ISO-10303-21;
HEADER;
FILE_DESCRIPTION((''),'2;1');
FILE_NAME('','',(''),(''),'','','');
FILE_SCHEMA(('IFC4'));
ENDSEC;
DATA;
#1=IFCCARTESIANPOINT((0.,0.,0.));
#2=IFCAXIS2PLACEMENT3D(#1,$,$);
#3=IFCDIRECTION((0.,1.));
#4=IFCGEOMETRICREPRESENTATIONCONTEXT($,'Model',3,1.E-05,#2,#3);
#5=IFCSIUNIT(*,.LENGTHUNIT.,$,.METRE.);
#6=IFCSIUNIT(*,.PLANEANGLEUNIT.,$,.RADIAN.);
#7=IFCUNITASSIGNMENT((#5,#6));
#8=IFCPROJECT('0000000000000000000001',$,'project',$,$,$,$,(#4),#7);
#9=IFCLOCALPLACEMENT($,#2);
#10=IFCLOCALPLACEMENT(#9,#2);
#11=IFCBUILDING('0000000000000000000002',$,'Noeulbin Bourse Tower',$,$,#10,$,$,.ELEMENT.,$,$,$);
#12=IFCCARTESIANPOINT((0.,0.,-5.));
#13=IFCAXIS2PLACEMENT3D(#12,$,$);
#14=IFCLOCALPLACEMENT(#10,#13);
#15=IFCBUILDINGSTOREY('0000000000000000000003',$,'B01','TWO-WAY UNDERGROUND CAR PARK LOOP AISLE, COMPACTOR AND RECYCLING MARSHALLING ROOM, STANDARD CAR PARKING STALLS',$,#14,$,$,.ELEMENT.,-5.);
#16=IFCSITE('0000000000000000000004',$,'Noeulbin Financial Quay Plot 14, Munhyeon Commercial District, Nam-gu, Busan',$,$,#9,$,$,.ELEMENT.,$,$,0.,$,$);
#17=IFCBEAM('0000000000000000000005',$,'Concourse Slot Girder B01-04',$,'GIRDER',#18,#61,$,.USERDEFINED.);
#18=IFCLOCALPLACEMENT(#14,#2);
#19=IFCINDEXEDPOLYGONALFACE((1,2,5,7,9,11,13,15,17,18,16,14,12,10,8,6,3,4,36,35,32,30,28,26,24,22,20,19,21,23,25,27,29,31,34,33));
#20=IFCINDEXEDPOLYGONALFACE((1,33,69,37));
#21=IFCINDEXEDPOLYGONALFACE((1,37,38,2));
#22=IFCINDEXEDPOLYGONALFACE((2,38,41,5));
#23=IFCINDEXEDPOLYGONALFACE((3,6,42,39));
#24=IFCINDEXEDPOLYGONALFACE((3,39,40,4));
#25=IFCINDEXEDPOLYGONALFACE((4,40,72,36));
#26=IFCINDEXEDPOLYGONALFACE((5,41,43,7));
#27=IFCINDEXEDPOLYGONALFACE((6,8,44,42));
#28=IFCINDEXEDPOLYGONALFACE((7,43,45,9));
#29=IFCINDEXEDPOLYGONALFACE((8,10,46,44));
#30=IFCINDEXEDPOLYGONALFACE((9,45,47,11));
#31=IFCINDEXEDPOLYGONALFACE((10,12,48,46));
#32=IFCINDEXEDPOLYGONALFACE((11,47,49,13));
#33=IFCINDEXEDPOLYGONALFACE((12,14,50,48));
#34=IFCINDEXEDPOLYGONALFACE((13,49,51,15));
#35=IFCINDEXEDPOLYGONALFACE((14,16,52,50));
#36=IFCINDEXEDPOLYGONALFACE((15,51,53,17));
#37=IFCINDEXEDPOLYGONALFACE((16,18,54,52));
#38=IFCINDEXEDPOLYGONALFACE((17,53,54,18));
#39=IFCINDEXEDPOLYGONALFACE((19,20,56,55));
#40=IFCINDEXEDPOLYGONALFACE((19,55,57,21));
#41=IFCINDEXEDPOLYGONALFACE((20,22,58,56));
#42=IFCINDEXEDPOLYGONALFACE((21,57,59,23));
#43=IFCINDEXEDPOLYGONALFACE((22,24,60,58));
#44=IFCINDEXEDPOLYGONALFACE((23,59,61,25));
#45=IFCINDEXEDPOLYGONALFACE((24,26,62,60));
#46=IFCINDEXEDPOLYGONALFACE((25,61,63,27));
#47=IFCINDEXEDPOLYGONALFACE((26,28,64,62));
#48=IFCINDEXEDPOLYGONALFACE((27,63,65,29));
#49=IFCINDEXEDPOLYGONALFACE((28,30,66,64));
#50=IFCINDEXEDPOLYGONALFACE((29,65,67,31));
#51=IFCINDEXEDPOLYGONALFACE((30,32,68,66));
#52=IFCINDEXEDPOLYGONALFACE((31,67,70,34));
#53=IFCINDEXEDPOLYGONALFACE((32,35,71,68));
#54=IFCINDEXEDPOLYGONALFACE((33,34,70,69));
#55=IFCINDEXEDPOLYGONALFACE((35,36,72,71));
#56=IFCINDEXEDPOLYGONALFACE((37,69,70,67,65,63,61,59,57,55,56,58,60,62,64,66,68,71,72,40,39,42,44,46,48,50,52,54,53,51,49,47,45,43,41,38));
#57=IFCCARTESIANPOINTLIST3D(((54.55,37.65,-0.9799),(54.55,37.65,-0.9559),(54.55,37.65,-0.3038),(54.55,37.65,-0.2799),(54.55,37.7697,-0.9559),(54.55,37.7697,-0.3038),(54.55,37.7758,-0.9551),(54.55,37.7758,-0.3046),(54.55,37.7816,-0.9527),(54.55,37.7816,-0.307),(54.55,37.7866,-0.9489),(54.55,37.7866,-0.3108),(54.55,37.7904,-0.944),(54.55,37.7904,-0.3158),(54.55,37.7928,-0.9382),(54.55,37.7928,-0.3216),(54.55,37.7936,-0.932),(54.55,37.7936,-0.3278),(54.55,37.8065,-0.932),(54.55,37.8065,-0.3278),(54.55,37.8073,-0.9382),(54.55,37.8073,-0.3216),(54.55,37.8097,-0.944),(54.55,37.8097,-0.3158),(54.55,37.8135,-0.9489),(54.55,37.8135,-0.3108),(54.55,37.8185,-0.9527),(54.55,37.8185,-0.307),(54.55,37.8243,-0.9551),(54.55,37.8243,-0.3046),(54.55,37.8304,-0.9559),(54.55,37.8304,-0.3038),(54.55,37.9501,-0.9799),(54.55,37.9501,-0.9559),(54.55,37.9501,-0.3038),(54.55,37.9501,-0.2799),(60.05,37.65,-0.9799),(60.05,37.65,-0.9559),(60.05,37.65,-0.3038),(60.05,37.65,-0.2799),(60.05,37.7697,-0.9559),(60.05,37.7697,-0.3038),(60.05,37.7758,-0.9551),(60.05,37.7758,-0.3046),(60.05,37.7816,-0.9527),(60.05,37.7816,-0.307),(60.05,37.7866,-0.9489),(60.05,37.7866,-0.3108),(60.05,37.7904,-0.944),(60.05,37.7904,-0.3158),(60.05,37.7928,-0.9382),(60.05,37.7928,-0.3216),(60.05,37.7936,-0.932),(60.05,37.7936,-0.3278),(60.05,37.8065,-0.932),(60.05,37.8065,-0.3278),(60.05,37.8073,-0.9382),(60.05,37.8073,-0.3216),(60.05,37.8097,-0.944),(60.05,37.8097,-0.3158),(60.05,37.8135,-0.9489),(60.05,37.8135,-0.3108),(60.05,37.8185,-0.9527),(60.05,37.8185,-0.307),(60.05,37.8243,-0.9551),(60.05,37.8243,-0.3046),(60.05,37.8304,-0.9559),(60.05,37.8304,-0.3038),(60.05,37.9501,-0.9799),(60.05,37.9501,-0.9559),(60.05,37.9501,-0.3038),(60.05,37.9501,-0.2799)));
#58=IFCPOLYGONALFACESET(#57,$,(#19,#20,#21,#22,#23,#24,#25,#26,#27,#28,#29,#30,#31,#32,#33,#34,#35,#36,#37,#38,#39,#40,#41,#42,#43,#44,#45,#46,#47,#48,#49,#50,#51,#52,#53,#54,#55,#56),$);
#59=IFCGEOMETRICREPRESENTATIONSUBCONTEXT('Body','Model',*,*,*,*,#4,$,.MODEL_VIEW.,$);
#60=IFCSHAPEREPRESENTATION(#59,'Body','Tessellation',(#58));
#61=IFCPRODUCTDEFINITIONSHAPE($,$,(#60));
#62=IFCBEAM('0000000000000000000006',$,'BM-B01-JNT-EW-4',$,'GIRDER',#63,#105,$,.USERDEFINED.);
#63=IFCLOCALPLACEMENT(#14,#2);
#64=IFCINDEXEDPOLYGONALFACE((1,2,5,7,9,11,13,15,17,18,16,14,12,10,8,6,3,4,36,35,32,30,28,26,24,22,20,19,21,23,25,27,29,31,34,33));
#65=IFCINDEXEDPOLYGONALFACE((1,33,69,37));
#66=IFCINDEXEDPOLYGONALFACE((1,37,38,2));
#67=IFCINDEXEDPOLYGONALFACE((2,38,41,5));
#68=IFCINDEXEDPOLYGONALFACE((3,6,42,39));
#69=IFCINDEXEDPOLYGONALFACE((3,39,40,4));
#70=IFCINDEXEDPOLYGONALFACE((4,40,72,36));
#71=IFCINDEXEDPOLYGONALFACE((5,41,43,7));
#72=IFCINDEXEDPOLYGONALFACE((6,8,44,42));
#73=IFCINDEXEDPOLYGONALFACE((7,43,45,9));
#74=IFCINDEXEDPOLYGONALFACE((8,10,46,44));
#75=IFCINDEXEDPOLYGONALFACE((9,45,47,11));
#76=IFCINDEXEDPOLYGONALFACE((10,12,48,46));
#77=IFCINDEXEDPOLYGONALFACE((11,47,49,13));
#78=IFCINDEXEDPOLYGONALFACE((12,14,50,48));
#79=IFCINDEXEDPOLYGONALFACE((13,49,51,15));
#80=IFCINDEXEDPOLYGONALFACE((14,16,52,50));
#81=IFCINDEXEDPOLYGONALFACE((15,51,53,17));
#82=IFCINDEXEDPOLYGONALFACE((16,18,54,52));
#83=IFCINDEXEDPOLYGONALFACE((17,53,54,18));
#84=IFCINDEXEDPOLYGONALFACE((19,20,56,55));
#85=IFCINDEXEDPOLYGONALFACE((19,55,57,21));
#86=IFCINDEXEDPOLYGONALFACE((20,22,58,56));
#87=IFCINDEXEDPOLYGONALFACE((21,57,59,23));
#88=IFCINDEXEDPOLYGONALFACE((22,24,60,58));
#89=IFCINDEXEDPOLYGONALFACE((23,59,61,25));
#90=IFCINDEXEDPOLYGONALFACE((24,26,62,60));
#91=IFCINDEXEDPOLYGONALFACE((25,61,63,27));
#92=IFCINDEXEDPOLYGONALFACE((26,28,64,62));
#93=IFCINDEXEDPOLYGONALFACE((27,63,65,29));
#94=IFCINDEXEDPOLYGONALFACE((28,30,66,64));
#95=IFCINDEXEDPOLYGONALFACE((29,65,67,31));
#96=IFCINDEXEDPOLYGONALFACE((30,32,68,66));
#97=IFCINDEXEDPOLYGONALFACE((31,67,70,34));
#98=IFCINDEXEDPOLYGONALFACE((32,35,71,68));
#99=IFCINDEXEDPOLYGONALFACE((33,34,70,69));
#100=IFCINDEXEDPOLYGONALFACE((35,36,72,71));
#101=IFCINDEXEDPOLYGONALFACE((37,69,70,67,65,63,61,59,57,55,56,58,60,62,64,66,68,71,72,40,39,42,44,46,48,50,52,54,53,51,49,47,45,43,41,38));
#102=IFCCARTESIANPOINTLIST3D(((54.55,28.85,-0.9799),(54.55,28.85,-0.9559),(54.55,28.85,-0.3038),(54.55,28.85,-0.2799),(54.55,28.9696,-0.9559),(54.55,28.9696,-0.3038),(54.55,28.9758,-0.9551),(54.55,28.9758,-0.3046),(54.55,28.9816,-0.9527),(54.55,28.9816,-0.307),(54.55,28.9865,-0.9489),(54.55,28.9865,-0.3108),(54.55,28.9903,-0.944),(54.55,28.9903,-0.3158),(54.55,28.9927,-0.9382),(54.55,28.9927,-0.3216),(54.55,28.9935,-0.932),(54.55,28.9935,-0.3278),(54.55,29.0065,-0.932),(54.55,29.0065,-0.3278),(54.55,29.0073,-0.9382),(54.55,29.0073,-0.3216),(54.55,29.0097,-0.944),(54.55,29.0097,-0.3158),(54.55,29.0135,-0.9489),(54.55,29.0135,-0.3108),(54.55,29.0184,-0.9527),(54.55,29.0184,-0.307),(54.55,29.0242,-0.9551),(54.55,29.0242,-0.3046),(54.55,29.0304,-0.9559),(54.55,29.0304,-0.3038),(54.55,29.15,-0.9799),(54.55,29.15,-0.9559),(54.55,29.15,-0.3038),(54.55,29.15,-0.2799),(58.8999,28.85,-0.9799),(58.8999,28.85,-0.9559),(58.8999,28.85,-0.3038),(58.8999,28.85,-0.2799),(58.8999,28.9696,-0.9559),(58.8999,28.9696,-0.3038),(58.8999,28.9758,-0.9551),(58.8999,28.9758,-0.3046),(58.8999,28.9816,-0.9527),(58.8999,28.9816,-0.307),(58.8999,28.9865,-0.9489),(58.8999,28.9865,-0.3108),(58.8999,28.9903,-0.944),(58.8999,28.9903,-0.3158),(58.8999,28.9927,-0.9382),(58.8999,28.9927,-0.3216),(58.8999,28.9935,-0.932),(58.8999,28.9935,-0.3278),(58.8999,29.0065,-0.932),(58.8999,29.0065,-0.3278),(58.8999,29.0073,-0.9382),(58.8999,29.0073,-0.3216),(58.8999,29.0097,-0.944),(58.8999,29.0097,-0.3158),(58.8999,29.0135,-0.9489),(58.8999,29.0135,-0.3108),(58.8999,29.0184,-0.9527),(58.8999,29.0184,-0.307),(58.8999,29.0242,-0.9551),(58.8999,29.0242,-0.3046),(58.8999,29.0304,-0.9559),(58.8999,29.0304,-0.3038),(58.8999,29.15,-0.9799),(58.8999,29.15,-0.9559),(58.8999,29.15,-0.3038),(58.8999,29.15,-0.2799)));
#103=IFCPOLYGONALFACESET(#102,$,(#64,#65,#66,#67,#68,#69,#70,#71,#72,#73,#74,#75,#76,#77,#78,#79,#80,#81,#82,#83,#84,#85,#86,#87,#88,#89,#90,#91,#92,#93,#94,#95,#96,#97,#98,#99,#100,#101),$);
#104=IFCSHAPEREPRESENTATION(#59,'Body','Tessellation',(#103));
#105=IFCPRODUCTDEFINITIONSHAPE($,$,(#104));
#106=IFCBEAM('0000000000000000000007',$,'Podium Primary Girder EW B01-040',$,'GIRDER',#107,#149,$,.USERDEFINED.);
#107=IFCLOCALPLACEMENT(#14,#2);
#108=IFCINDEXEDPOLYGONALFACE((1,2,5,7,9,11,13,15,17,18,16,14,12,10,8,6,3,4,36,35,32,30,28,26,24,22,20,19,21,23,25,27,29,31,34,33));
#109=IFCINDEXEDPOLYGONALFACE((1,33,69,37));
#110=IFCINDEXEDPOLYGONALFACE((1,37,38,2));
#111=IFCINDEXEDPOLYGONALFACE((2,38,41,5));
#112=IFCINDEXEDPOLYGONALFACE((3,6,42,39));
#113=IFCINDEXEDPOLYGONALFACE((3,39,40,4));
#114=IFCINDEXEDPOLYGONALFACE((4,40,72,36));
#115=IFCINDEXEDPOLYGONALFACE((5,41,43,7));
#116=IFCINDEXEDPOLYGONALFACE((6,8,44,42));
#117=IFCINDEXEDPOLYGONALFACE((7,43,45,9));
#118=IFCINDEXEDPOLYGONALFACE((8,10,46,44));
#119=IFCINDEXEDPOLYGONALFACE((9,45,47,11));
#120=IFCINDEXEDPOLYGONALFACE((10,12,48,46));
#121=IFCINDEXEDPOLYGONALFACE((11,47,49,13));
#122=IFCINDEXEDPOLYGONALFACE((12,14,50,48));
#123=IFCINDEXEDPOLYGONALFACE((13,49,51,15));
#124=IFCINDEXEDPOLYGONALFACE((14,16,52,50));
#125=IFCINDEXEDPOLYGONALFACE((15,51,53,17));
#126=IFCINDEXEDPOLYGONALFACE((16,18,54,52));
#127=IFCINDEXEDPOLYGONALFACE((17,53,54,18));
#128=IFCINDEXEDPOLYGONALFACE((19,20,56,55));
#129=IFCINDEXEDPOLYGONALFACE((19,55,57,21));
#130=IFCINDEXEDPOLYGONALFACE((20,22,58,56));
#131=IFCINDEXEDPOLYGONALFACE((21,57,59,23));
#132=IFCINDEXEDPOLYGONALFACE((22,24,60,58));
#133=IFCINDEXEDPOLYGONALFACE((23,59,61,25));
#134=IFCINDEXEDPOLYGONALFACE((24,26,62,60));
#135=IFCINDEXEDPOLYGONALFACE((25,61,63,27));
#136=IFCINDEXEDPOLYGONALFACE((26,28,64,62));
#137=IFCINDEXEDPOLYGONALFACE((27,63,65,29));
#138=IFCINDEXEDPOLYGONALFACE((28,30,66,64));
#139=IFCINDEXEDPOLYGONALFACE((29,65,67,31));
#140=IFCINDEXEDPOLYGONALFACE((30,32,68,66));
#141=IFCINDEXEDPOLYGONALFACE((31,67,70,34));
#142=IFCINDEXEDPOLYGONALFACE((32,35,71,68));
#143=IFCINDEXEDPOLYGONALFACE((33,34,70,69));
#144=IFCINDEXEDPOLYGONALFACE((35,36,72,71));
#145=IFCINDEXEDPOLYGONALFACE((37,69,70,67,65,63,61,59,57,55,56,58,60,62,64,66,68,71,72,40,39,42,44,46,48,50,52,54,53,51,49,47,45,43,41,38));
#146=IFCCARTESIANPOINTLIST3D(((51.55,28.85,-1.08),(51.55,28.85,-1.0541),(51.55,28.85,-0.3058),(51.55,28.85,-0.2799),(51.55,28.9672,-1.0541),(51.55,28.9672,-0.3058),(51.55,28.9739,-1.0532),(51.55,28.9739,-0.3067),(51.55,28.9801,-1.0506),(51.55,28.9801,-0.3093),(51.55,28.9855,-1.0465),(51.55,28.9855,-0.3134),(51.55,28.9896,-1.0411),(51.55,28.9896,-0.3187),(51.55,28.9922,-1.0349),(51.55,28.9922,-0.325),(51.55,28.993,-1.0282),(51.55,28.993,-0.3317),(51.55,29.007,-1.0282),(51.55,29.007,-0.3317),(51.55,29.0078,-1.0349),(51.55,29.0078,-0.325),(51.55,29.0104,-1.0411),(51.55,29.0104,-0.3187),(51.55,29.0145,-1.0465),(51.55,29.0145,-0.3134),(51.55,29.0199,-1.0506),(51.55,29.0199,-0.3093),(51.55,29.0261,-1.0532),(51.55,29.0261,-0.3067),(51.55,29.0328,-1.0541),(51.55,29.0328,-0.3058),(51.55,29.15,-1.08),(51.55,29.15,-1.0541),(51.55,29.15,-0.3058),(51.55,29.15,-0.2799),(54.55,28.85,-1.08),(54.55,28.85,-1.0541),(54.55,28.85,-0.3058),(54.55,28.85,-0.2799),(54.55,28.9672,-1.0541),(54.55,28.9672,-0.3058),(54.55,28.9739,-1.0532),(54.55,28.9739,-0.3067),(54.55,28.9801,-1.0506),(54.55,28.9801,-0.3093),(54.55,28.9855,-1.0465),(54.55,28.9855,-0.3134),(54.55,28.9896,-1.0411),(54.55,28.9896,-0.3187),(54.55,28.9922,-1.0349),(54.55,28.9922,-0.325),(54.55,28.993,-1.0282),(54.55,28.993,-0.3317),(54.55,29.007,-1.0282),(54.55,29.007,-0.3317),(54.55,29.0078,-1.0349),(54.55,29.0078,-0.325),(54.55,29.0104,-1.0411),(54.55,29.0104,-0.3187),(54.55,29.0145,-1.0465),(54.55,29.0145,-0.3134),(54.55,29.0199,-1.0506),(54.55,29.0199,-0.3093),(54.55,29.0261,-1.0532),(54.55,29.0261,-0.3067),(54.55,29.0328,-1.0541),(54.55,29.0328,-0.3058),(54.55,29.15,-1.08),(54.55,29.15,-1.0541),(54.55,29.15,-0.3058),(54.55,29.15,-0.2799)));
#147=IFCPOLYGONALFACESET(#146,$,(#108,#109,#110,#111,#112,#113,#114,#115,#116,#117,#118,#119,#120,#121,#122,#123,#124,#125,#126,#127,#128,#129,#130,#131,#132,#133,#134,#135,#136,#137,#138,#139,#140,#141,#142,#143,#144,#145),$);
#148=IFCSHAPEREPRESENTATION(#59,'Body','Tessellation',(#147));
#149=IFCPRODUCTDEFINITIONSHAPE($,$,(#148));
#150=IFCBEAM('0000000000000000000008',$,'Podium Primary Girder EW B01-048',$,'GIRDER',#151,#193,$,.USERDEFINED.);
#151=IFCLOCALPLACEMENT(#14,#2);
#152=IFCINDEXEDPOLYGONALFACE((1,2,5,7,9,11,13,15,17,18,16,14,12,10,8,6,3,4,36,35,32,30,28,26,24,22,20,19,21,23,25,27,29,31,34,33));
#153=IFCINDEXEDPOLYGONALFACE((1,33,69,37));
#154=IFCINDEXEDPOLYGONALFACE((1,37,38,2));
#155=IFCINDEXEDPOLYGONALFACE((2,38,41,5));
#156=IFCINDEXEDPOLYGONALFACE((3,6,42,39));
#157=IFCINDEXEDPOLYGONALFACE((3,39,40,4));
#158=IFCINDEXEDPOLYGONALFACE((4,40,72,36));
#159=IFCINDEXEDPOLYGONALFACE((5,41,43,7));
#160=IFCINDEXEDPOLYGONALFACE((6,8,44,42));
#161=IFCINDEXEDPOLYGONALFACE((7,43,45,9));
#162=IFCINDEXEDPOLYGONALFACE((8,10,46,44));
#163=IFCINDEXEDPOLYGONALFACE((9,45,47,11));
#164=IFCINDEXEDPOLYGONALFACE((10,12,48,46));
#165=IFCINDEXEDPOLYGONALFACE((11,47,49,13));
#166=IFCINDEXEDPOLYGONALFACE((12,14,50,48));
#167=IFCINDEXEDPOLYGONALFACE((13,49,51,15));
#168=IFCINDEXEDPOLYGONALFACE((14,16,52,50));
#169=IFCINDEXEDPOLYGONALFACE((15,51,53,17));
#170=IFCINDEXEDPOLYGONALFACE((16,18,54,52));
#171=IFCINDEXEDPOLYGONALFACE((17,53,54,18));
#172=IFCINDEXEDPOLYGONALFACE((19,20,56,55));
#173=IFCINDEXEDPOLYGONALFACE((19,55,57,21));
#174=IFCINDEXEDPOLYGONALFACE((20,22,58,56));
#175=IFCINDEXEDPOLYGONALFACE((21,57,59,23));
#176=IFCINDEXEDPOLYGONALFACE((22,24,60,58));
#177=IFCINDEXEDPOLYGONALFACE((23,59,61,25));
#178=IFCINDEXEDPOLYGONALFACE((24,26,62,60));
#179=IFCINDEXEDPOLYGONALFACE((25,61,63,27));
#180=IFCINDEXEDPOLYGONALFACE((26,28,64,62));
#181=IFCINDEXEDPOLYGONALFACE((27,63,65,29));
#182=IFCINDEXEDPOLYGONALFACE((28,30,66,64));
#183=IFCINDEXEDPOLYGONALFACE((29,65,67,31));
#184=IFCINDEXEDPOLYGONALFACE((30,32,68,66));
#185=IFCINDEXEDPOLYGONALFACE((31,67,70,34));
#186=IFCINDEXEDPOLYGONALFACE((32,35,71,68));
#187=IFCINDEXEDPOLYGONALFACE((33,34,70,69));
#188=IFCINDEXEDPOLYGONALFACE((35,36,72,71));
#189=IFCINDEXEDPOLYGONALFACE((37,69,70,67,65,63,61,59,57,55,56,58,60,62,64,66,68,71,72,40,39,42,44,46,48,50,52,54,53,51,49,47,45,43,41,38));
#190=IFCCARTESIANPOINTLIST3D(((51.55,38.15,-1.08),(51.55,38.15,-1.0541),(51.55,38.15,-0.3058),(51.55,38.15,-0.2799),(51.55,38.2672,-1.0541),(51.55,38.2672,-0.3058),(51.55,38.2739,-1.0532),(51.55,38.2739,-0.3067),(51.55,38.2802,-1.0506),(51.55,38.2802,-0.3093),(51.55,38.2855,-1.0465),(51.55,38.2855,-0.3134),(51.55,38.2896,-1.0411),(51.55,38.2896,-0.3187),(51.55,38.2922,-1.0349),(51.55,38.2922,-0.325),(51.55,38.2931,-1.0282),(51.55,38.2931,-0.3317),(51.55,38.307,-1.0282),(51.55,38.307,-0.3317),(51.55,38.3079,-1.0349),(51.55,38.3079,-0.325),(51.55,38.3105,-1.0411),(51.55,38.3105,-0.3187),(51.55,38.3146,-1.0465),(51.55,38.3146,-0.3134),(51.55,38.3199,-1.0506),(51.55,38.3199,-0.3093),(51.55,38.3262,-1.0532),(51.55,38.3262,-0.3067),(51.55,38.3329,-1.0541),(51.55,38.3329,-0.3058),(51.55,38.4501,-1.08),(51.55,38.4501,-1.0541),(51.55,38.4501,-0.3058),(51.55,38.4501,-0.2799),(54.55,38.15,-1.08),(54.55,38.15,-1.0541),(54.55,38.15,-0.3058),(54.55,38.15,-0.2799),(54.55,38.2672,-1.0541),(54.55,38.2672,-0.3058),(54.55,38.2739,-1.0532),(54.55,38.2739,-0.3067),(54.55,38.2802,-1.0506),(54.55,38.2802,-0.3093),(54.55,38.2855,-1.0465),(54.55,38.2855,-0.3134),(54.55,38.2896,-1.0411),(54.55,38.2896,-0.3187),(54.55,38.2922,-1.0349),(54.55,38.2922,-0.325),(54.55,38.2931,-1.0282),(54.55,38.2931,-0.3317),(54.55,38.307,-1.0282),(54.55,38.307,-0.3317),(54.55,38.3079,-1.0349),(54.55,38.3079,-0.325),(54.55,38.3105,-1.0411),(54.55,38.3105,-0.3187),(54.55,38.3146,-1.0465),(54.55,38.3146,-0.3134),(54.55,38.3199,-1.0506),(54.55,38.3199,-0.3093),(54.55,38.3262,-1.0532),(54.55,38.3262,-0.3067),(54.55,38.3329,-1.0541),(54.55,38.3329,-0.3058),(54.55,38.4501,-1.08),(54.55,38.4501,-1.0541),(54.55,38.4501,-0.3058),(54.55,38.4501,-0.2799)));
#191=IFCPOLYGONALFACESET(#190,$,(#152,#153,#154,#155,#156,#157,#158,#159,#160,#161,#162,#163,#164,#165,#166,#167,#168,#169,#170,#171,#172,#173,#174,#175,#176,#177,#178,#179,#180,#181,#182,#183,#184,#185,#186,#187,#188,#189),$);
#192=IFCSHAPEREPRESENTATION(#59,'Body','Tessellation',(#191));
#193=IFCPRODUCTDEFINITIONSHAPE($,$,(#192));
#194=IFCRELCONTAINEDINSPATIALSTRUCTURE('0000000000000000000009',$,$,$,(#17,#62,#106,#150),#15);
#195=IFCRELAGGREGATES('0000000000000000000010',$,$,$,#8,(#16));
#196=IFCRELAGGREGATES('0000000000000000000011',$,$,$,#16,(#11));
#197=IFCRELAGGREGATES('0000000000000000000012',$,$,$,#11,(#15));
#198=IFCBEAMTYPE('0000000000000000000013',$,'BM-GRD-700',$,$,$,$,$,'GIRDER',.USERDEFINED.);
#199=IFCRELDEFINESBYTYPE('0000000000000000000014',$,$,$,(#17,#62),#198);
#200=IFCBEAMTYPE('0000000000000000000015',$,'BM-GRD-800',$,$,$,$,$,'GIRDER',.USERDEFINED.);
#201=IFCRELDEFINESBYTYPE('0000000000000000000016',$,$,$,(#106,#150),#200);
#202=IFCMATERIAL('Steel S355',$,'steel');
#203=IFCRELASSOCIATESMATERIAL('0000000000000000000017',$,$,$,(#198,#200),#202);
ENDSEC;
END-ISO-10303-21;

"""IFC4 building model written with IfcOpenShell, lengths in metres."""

from ifc_helpers import new_model, si_unit, direction, frame, origin, origin_2d, place, context, subcontext, project, spatial, i_section, extrude, material, material_profile, profile_set, type_object, element, save


model = new_model("IFC4")

# Units and contexts
model_context = context("Model", 3, precision=1e-05, world=origin(), true_north=direction((0.0, 1.0)))
body_context = subcontext(model_context, "Body", "Model", "MODEL_VIEW")
ifc_project = project(units=[si_unit("LENGTHUNIT", "METRE"), si_unit("PLANEANGLEUNIT", "RADIAN")], contexts=[model_context])

# Site, building, storey
site_placement = place(None, origin())
site = spatial("IfcSite", under=ifc_project, at=site_placement, Name="Noeulbin Financial Quay Plot 14, Munhyeon Commercial District, Nam-gu, Busan", CompositionType="ELEMENT", RefElevation=0.0)
building_placement = place(site_placement, origin())
building = spatial("IfcBuilding", under=site, at=building_placement, Name="Noeulbin Bourse Tower", CompositionType="ELEMENT")
storey_placement = place(building_placement, frame((0.0, 0.0, -5.0)))
storey = spatial("IfcBuildingStorey", under=building, at=storey_placement, Name="B01", Description="TWO-WAY UNDERGROUND CAR PARK LOOP AISLE, COMPACTOR AND RECYCLING MARSHALLING ROOM, STANDARD CAR PARKING STALLS", CompositionType="ELEMENT", Elevation=-5.0)

# Beams
ifc_material_1 = material(Name="Steel S355", Category="steel")
ifc_material_profile_1 = material_profile(ifc_material_1, i_section(OverallWidth=0.3, OverallDepth=0.7, WebThickness=0.0129, FlangeThickness=0.0239, FilletRadius=0.0239, at=origin_2d()), Name="H-700x300x13x24", Category="LoadBearing")
ifc_profile_set_1 = profile_set([ifc_material_profile_1], Name="Steel S355")
beam_type_1 = type_object("IfcBeamType", Name="BM-GRD-700", ElementType="GIRDER", PredefinedType="USERDEFINED", material=ifc_profile_set_1)
beam_1_placement = place(storey_placement, frame((54.55, 37.8, -0.6299), z_axis=(1.0, 0.0, 0.0), x_axis=(0.0, 1.0, 0.0)))
element("IfcBeam", 1, at=beam_1_placement, inside=storey, type_object=beam_type_1, Name="Concourse Slot Girder B01-04", ObjectType="GIRDER", PredefinedType="USERDEFINED", context=body_context, shape_type="SweptSolid", body=[
    extrude(i_section(OverallWidth=0.3, OverallDepth=0.7, WebThickness=0.0129, FlangeThickness=0.0239, FilletRadius=0.0239, at=origin_2d()), origin(), (0.0, 0.0, 1.0), 5.5),
])
beam_2_placement = place(storey_placement, frame((54.55, 29.0, -0.6299), z_axis=(1.0, 0.0, 0.0), x_axis=(0.0, 1.0, 0.0)))
element("IfcBeam", 2, at=beam_2_placement, inside=storey, type_object=beam_type_1, Name="BM-B01-JNT-EW-4", ObjectType="GIRDER", PredefinedType="USERDEFINED", context=body_context, shape_type="SweptSolid", body=[
    extrude(i_section(OverallWidth=0.3, OverallDepth=0.7, WebThickness=0.0129, FlangeThickness=0.0239, FilletRadius=0.0239, at=origin_2d()), origin(), (0.0, 0.0, 1.0), 4.3499),
])
ifc_material_profile_2 = material_profile(ifc_material_1, i_section(OverallWidth=0.3, OverallDepth=0.8, WebThickness=0.0139, FlangeThickness=0.0259, FilletRadius=0.0259, at=origin_2d()), Name="H-800x300x14x26", Category="LoadBearing")
ifc_profile_set_2 = profile_set([ifc_material_profile_2], Name="Steel S355")
beam_type_2 = type_object("IfcBeamType", Name="BM-GRD-800", ElementType="GIRDER", PredefinedType="USERDEFINED", material=ifc_profile_set_2)
for number, where, z_axis, x_axis, name in (
    (3, (51.55, 29.0, -0.6799), (1.0, 0.0, 0.0), (0.0, 1.0, 0.0), "Podium Primary Girder EW B01-040"),
    (4, (51.55, 38.3, -0.6799), (1.0, 0.0, 0.0), (0.0, 1.0, 0.0), "Podium Primary Girder EW B01-048"),
):
    element("IfcBeam", number, at=place(storey_placement, frame(where, z_axis=z_axis, x_axis=x_axis)), inside=storey, type_object=beam_type_2, Name=name, ObjectType="GIRDER", PredefinedType="USERDEFINED", context=body_context, shape_type="SweptSolid", body=[
        extrude(i_section(OverallWidth=0.3, OverallDepth=0.8, WebThickness=0.0139, FlangeThickness=0.0259, FilletRadius=0.0259, at=origin_2d()), origin(), (0.0, 0.0, 1.0), 3.0),
    ])

save(model, "model.ifc")
